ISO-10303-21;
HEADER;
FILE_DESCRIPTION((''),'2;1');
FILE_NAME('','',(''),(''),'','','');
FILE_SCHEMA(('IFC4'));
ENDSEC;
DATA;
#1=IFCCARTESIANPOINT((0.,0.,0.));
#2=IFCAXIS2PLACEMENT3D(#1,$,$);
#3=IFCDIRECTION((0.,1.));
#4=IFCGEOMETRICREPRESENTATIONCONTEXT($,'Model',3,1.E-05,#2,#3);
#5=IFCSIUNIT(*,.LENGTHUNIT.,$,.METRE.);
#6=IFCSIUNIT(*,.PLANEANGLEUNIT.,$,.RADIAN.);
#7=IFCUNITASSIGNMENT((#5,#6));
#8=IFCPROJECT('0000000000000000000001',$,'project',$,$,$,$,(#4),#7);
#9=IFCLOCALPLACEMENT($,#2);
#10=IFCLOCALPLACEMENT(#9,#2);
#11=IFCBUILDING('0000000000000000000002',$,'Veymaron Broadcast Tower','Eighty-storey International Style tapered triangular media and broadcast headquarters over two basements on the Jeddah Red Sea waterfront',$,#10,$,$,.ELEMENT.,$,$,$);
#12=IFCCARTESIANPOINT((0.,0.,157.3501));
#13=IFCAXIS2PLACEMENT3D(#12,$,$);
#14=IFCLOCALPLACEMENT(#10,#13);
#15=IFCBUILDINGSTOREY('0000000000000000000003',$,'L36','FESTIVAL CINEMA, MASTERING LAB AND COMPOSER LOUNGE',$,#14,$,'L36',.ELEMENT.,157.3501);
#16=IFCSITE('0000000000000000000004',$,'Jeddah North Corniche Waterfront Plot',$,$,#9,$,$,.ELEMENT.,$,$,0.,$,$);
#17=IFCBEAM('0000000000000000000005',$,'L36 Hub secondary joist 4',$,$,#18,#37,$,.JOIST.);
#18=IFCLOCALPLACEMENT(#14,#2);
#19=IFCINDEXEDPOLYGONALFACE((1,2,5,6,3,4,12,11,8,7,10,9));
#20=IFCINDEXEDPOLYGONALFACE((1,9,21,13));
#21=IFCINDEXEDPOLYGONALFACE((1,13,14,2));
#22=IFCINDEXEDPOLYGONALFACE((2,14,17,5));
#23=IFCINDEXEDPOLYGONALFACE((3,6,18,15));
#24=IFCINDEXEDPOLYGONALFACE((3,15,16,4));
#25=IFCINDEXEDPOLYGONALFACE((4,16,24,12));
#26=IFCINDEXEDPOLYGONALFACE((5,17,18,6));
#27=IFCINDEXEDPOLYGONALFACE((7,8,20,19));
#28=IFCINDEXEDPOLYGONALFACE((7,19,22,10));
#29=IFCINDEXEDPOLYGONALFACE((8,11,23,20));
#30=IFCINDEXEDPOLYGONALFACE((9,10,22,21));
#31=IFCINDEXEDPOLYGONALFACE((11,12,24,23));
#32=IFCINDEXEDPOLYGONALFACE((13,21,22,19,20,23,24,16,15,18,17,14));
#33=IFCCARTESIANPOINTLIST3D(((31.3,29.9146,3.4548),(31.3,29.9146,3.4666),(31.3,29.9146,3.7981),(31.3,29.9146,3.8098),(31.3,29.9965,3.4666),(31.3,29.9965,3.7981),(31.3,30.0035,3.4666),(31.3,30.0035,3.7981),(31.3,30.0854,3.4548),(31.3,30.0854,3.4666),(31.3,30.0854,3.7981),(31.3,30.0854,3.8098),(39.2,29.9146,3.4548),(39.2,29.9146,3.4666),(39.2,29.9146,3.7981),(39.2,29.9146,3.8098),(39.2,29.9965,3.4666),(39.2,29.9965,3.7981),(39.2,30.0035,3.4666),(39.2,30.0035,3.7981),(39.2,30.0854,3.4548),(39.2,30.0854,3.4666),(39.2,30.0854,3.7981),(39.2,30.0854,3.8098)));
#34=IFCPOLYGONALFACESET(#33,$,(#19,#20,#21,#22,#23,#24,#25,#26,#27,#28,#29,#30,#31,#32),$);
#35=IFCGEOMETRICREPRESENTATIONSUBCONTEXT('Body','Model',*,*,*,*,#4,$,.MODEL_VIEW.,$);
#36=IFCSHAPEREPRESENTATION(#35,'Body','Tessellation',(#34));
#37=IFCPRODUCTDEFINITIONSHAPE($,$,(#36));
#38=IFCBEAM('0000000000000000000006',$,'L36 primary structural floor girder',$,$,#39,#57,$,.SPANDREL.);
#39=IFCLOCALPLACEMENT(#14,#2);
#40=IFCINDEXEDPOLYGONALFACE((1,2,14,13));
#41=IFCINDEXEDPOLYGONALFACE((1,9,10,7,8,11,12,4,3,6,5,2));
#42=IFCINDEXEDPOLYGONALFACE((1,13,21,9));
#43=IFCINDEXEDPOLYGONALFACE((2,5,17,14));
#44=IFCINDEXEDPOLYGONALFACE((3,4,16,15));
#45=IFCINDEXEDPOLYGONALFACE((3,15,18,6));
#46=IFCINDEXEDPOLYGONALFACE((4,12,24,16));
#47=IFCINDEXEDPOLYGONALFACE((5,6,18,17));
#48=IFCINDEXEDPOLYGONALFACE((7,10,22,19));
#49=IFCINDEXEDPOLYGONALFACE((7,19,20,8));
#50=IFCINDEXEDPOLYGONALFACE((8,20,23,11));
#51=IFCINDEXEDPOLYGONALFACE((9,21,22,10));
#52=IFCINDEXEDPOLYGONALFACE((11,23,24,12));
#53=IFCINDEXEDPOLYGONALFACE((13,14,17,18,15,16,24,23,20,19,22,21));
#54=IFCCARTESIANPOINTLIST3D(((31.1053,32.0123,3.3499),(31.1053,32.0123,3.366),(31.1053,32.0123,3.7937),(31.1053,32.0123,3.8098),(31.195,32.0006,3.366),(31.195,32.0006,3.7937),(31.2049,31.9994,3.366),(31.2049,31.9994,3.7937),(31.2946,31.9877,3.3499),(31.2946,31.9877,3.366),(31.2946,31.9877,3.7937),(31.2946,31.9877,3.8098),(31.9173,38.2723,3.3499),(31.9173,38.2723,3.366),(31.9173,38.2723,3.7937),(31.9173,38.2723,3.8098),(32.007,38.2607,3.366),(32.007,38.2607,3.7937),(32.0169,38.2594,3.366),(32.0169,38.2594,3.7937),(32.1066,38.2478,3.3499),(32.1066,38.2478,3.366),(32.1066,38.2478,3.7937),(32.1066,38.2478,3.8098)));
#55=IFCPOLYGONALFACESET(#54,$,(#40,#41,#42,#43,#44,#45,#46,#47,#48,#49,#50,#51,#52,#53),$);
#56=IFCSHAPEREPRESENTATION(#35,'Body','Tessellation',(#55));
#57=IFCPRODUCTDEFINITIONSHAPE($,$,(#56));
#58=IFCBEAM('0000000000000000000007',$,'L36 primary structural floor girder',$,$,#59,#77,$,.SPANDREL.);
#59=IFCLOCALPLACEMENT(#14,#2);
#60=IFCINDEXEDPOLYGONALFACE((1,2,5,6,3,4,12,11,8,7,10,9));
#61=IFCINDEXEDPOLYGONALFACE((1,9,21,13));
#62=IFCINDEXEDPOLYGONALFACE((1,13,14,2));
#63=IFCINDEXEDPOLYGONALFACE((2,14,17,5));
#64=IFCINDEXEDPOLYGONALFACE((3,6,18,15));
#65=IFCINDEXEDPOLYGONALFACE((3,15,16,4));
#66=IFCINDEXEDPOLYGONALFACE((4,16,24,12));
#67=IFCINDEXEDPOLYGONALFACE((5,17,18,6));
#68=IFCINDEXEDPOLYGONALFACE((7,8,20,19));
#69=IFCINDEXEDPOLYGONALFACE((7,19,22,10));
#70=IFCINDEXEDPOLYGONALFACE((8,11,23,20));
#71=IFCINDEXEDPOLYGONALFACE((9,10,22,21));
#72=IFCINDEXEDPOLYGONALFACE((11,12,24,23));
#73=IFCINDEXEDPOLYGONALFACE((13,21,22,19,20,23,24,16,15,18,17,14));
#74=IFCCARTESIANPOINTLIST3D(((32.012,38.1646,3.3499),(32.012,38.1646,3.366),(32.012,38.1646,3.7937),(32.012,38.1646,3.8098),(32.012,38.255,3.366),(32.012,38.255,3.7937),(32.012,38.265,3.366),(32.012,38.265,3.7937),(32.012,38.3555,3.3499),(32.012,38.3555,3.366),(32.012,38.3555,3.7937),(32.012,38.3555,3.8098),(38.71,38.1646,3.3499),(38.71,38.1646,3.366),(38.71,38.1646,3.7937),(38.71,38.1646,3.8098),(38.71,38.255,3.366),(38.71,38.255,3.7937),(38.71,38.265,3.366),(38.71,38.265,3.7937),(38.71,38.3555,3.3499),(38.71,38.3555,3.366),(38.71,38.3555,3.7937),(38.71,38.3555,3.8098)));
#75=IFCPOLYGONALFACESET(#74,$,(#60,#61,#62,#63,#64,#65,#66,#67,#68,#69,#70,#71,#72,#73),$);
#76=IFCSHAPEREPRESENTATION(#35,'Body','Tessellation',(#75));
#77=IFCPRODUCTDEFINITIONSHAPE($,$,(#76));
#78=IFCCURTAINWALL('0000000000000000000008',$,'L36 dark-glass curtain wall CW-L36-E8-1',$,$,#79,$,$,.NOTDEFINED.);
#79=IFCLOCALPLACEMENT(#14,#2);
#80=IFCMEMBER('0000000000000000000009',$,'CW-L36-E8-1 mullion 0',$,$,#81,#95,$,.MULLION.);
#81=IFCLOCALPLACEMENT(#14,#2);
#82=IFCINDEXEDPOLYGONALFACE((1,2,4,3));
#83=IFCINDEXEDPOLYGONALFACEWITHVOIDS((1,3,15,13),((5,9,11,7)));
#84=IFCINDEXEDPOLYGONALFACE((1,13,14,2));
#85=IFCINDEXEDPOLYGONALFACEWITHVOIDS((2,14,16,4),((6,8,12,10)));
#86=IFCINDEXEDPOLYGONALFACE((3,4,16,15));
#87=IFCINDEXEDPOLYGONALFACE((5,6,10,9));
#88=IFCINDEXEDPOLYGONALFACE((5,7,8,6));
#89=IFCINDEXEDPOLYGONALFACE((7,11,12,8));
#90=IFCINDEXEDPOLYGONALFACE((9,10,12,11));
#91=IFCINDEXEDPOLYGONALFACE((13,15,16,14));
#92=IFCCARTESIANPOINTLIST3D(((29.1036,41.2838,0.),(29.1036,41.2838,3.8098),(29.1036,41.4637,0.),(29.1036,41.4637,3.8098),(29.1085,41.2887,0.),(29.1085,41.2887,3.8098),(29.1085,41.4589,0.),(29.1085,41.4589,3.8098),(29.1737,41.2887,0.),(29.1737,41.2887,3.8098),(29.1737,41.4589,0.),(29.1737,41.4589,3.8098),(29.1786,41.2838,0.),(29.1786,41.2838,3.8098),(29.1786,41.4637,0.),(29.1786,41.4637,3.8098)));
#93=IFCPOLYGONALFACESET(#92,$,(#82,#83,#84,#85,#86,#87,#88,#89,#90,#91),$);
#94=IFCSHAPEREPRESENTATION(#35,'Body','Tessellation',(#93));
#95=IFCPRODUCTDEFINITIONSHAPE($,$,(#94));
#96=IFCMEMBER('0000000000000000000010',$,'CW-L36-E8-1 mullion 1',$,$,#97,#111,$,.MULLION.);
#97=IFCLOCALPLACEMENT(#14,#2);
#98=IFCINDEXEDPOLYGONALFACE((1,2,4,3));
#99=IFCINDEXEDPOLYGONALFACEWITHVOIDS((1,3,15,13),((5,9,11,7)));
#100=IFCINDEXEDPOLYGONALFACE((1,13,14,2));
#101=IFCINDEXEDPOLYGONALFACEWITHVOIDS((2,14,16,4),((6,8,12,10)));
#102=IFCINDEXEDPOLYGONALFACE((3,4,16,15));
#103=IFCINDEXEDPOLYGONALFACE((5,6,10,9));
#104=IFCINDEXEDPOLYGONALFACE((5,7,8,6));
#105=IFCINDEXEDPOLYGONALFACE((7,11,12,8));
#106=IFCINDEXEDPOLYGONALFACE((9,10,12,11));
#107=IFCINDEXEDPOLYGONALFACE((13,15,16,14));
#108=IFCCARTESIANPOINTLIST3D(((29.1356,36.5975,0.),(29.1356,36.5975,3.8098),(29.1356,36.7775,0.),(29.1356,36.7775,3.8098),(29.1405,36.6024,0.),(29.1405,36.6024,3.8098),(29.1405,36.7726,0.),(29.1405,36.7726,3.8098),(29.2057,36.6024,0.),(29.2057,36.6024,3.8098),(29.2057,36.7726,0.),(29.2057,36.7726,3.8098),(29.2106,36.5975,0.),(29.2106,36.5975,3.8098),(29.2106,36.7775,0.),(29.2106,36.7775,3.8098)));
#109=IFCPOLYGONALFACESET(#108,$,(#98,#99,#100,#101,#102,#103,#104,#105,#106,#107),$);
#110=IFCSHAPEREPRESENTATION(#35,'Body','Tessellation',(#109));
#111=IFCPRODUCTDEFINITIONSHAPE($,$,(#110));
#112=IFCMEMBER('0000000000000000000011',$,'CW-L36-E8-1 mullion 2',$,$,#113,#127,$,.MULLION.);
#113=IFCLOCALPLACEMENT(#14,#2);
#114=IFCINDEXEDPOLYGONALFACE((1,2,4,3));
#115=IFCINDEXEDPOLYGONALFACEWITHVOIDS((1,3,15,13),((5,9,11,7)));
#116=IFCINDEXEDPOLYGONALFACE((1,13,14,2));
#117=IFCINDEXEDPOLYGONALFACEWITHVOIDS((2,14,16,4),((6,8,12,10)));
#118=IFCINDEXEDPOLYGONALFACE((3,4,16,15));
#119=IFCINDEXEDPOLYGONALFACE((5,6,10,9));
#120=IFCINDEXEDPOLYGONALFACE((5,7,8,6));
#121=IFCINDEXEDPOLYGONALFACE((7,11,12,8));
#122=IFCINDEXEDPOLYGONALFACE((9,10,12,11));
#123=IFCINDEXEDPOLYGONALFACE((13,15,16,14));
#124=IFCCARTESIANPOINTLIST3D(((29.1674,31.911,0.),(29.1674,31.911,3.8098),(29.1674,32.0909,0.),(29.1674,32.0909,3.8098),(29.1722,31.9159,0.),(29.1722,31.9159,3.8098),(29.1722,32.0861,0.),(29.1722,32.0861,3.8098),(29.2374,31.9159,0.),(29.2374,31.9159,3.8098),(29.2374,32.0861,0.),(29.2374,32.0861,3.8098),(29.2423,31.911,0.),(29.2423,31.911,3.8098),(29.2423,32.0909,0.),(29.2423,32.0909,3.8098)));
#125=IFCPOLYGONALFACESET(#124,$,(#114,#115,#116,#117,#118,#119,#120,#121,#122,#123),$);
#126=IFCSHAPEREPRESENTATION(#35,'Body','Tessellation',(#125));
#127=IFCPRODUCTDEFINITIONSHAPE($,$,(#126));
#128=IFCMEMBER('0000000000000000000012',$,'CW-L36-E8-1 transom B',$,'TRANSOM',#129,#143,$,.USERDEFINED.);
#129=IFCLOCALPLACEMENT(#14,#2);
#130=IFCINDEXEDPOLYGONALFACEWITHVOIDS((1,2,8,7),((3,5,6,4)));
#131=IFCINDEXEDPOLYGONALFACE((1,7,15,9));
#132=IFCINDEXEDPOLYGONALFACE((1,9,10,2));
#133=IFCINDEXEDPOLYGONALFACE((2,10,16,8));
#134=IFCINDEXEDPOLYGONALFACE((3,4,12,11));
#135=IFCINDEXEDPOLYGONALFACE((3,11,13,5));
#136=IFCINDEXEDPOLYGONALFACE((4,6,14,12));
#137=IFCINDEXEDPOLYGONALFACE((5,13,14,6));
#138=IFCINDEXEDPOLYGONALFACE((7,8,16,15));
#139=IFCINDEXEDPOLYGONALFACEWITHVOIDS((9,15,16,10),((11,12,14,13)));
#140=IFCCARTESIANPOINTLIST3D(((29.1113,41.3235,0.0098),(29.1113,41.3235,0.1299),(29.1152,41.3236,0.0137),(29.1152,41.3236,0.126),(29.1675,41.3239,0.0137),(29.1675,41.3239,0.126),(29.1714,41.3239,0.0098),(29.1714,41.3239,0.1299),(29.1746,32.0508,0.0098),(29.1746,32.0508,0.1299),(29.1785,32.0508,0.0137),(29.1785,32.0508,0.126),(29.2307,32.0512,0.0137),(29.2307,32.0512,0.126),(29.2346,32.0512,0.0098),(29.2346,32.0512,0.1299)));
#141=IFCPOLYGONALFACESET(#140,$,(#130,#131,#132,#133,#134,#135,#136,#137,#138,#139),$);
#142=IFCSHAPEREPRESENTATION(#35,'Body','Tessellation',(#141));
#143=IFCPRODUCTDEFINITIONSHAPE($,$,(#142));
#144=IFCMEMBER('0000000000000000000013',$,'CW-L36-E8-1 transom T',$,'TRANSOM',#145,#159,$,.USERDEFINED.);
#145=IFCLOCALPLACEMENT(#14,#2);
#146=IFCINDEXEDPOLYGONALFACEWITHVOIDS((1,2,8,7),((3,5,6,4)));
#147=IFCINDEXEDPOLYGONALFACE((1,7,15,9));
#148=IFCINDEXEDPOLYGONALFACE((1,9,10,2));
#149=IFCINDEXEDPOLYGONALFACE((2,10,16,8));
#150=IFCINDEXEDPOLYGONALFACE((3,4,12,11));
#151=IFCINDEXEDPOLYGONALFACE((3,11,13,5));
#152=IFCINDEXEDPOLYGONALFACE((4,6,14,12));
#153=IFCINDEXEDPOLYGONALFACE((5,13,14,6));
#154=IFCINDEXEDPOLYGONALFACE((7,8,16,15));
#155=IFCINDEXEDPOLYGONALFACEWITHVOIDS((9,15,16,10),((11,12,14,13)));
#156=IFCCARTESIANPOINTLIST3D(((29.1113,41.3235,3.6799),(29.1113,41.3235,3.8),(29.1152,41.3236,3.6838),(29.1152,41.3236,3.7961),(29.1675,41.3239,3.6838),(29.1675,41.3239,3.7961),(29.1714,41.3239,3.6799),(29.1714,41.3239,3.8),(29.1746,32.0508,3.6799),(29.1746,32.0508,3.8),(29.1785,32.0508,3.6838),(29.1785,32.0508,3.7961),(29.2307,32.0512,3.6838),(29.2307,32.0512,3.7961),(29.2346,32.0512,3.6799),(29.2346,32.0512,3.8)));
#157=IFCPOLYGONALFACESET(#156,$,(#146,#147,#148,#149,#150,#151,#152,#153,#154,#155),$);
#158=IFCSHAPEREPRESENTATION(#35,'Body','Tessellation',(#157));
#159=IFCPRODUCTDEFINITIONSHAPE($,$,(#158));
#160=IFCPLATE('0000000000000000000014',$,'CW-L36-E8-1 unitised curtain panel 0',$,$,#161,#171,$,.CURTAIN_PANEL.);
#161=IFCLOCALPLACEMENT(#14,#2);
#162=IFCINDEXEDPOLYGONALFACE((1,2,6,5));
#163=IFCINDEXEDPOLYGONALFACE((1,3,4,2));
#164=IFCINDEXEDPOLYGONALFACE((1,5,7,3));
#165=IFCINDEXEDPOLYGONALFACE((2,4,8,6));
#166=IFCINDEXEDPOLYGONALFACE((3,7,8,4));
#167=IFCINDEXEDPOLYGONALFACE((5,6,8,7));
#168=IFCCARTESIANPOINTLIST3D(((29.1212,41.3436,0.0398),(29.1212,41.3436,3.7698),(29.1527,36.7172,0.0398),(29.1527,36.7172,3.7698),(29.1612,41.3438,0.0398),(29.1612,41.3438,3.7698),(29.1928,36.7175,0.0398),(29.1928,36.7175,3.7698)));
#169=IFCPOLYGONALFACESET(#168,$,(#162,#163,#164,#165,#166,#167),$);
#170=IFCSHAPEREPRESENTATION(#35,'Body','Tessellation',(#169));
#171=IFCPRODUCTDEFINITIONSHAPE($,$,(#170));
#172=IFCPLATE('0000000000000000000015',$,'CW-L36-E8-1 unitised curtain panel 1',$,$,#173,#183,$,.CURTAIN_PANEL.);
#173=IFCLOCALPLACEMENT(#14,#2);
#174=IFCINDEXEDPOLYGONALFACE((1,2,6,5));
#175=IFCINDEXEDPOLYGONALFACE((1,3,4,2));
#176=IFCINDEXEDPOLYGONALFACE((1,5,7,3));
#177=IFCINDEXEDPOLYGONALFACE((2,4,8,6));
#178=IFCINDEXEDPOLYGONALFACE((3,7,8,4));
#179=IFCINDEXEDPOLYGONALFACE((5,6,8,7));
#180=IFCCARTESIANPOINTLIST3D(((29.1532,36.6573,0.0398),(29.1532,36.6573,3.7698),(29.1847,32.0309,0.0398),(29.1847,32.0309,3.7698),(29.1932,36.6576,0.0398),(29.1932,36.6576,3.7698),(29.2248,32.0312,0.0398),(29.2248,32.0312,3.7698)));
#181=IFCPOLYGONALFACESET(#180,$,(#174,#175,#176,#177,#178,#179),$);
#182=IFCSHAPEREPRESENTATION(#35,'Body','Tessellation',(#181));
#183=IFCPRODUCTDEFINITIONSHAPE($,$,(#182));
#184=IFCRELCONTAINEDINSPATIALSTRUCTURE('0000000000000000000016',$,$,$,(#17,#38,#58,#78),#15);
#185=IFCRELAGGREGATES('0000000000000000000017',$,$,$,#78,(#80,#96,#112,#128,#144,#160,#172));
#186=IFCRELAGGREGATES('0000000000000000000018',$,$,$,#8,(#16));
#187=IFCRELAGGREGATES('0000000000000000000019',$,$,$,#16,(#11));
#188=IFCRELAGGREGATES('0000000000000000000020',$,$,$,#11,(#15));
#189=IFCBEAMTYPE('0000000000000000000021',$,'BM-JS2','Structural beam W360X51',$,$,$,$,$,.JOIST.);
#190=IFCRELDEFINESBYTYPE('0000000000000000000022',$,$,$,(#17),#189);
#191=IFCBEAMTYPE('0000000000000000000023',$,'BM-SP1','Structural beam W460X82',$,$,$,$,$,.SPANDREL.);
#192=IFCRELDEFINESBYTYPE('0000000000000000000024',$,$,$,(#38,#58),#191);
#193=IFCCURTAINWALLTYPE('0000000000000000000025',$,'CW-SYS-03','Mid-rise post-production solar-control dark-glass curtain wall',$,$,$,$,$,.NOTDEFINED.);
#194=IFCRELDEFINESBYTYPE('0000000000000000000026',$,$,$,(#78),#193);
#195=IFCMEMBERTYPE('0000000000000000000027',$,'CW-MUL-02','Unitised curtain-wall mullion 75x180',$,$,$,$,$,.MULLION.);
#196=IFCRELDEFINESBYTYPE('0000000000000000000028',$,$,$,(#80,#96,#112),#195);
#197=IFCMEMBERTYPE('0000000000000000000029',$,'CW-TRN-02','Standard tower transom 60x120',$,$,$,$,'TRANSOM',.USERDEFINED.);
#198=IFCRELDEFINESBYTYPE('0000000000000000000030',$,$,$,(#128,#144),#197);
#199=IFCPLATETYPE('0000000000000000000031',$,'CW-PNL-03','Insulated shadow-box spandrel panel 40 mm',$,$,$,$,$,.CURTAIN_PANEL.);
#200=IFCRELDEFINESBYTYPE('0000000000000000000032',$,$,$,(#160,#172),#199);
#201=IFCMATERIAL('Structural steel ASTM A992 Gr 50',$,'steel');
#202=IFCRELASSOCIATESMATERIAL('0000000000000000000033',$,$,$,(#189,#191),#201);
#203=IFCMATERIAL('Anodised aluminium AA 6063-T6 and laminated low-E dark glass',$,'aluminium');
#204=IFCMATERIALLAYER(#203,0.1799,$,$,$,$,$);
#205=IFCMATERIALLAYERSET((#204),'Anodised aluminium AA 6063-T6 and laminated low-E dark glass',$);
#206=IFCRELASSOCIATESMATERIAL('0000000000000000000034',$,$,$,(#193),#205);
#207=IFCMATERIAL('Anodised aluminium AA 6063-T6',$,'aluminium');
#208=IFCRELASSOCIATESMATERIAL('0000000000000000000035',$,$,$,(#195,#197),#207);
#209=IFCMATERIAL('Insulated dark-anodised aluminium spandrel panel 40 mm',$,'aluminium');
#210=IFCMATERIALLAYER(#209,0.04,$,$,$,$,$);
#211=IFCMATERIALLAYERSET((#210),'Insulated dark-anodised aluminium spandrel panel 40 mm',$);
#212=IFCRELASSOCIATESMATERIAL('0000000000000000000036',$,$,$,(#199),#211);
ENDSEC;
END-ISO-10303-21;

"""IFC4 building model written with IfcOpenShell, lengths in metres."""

from ifc_helpers import new_model, si_unit, direction, frame, origin, origin_2d, place, context, subcontext, project, spatial, rectangle, hollow_rectangle, i_section, extrude, material, layer, layer_set, material_profile, profile_set, type_object, element, aggregate, save


model = new_model("IFC4")

# Units and contexts
model_context = context("Model", 3, precision=1e-05, world=origin(), true_north=direction((0.0, 1.0)))
body_context = subcontext(model_context, "Body", "Model", "MODEL_VIEW")
ifc_project = project(units=[si_unit("LENGTHUNIT", "METRE"), si_unit("PLANEANGLEUNIT", "RADIAN")], contexts=[model_context])

# Site, building, storey
site_placement = place(None, origin())
site = spatial("IfcSite", under=ifc_project, at=site_placement, Name="Jeddah North Corniche Waterfront Plot", CompositionType="ELEMENT", RefElevation=0.0)
building_placement = place(site_placement, origin())
building = spatial("IfcBuilding", under=site, at=building_placement, Name="Veymaron Broadcast Tower", Description="Eighty-storey International Style tapered triangular media and broadcast headquarters over two basements on the Jeddah Red Sea waterfront", CompositionType="ELEMENT")
storey_placement = place(building_placement, frame((0.0, 0.0, 157.3501)))
storey = spatial("IfcBuildingStorey", under=building, at=storey_placement, Name="L36", Description="FESTIVAL CINEMA, MASTERING LAB AND COMPOSER LOUNGE", LongName="L36", CompositionType="ELEMENT", Elevation=157.3501)

# Shared definitions
ifc_material_1 = material(Name="Structural steel ASTM A992 Gr 50", Category="steel")

# Beams
ifc_material_profile_1 = material_profile(ifc_material_1, i_section(OverallWidth=0.1709, OverallDepth=0.355, WebThickness=0.0071, FlangeThickness=0.0117, at=origin_2d()), Name="W360X51")
ifc_profile_set_1 = profile_set([ifc_material_profile_1], Name="Structural steel ASTM A992 Gr 50")
beam_type_1 = type_object("IfcBeamType", Name="BM-JS2", Description="Structural beam W360X51", PredefinedType="JOIST", material=ifc_profile_set_1)
for number, where, z_axis, x_axis, name in (
    (1, (31.3, 30.0, 3.6323), (1.0, 0.0, 0.0), (0.0, 1.0, 0.0), "L36 Hub secondary joist 4"),
):
    element("IfcBeam", number, at=place(storey_placement, frame(where, z_axis=z_axis, x_axis=x_axis)), inside=storey, type_object=beam_type_1, Name=name, PredefinedType="JOIST", context=body_context, shape_type="SweptSolid", body=[
        extrude(i_section(OverallWidth=0.1709, OverallDepth=0.355, WebThickness=0.0071, FlangeThickness=0.0117, at=origin_2d()), origin(), (0.0, 0.0, 1.0), 7.8999),
    ])
ifc_material_profile_2 = material_profile(ifc_material_1, i_section(OverallWidth=0.1909, OverallDepth=0.46, WebThickness=0.01, FlangeThickness=0.0161, at=origin_2d()), Name="W460X82")
ifc_profile_set_2 = profile_set([ifc_material_profile_2], Name="Structural steel ASTM A992 Gr 50")
beam_type_2 = type_object("IfcBeamType", Name="BM-SP1", Description="Structural beam W460X82", PredefinedType="SPANDREL", material=ifc_profile_set_2)
beam_1_placement = place(storey_placement, frame((31.2, 32.0, 3.5798), z_axis=(0.128636, 0.991692, 0.0), x_axis=(-0.991692, 0.128636, 0.0)))
element("IfcBeam", 2, at=beam_1_placement, inside=storey, type_object=beam_type_2, Name="L36 primary structural floor girder", PredefinedType="SPANDREL", context=body_context, shape_type="SweptSolid", body=[
    extrude(i_section(OverallWidth=0.1909, OverallDepth=0.46, WebThickness=0.01, FlangeThickness=0.0161, at=origin_2d()), origin(), (0.0, 0.0, 1.0), 6.3125),
])
beam_2_placement = place(storey_placement, frame((32.012, 38.26, 3.5798), z_axis=(1.0, 0.0, 0.0), x_axis=(0.0, 1.0, 0.0)))
element("IfcBeam", 3, at=beam_2_placement, inside=storey, type_object=beam_type_2, Name="L36 primary structural floor girder", PredefinedType="SPANDREL", context=body_context, shape_type="SweptSolid", body=[
    extrude(i_section(OverallWidth=0.1909, OverallDepth=0.46, WebThickness=0.01, FlangeThickness=0.0161, at=origin_2d()), origin(), (0.0, 0.0, 1.0), 6.698),
])

# Curtain wall, members, plates
ifc_material_2 = material(Name="Anodised aluminium AA 6063-T6 and laminated low-E dark glass", Category="aluminium")
ifc_layer_1 = layer(ifc_material_2, 0.1799)
ifc_layer_set_1 = layer_set([ifc_layer_1], Name="Anodised aluminium AA 6063-T6 and laminated low-E dark glass")
curtain_wall_type = type_object("IfcCurtainWallType", Name="CW-SYS-03", Description="Mid-rise post-production solar-control dark-glass curtain wall", PredefinedType="NOTDEFINED", material=ifc_layer_set_1)
curtain_wall_placement = place(storey_placement, origin())
curtain_wall = element("IfcCurtainWall", 4, at=curtain_wall_placement, inside=storey, type_object=curtain_wall_type, Name="L36 dark-glass curtain wall CW-L36-E8-1", PredefinedType="NOTDEFINED")
ifc_material_3 = material(Name="Anodised aluminium AA 6063-T6", Category="aluminium")
ifc_material_profile_3 = material_profile(ifc_material_3, hollow_rectangle(XDim=0.075, YDim=0.1799, WallThickness=0.0049, at=origin_2d()), Name="AL180X75X5")
ifc_profile_set_3 = profile_set([ifc_material_profile_3], Name="Anodised aluminium AA 6063-T6")
member_type_1 = type_object("IfcMemberType", Name="CW-MUL-02", Description="Unitised curtain-wall mullion 75x180", PredefinedType="MULLION", material=ifc_profile_set_3)
member_1_placement = place(storey_placement, frame((29.1411, 41.3738, 0.0), z_axis=(0.0, 0.0, 1.0), x_axis=(1.0, 0.0, 0.0)))
member_1 = element("IfcMember", 5, at=member_1_placement, type_object=member_type_1, Name="CW-L36-E8-1 mullion 0", PredefinedType="MULLION", context=body_context, shape_type="SweptSolid", body=[
    extrude(hollow_rectangle(XDim=0.075, YDim=0.1799, WallThickness=0.0049, at=origin_2d()), origin(), (0.0, 0.0, 1.0), 3.8098),
])
member_2_placement = place(storey_placement, frame((29.1731, 36.6875, 0.0), z_axis=(0.0, 0.0, 1.0), x_axis=(1.0, 0.0, 0.0)))
member_2 = element("IfcMember", 6, at=member_2_placement, type_object=member_type_1, Name="CW-L36-E8-1 mullion 1", PredefinedType="MULLION", context=body_context, shape_type="SweptSolid", body=[
    extrude(hollow_rectangle(XDim=0.075, YDim=0.1799, WallThickness=0.0049, at=origin_2d()), origin(), (0.0, 0.0, 1.0), 3.8098),
])
member_3_placement = place(storey_placement, frame((29.2048, 32.001, 0.0), z_axis=(0.0, 0.0, 1.0), x_axis=(1.0, 0.0, 0.0)))
member_3 = element("IfcMember", 7, at=member_3_placement, type_object=member_type_1, Name="CW-L36-E8-1 mullion 2", PredefinedType="MULLION", context=body_context, shape_type="SweptSolid", body=[
    extrude(hollow_rectangle(XDim=0.075, YDim=0.1799, WallThickness=0.0049, at=origin_2d()), origin(), (0.0, 0.0, 1.0), 3.8098),
])
ifc_material_profile_4 = material_profile(ifc_material_3, hollow_rectangle(XDim=0.0601, YDim=0.1201, WallThickness=0.0039, at=origin_2d()), Name="AL120X60X4")
ifc_profile_set_4 = profile_set([ifc_material_profile_4], Name="Anodised aluminium AA 6063-T6")
member_type_2 = type_object("IfcMemberType", Name="CW-TRN-02", Description="Standard tower transom 60x120", ElementType="TRANSOM", PredefinedType="USERDEFINED", material=ifc_profile_set_4)
member_4_placement = place(storey_placement, frame((29.1414, 41.3237, 0.0698), z_axis=(0.006819, -0.999977, 0.0), x_axis=(0.999977, 0.006819, 0.0)))
member_4 = element("IfcMember", 8, at=member_4_placement, type_object=member_type_2, Name="CW-L36-E8-1 transom B", ObjectType="TRANSOM", PredefinedType="USERDEFINED", context=body_context, shape_type="SweptSolid", body=[
    extrude(hollow_rectangle(XDim=0.0601, YDim=0.1201, WallThickness=0.0039, at=origin_2d()), origin(), (0.0, 0.0, 1.0), 9.2729),
])
member_5_placement = place(storey_placement, frame((29.1414, 41.3237, 3.74), z_axis=(0.006819, -0.999977, 0.0), x_axis=(0.999977, 0.006819, 0.0)))
member_5 = element("IfcMember", 9, at=member_5_placement, type_object=member_type_2, Name="CW-L36-E8-1 transom T", ObjectType="TRANSOM", PredefinedType="USERDEFINED", context=body_context, shape_type="SweptSolid", body=[
    extrude(hollow_rectangle(XDim=0.0601, YDim=0.1201, WallThickness=0.0039, at=origin_2d()), origin(), (0.0, 0.0, 1.0), 9.2729),
])
ifc_material_4 = material(Name="Insulated dark-anodised aluminium spandrel panel 40 mm", Category="aluminium")
ifc_layer_2 = layer(ifc_material_4, 0.04)
ifc_layer_set_2 = layer_set([ifc_layer_2], Name="Insulated dark-anodised aluminium spandrel panel 40 mm")
plate_type = type_object("IfcPlateType", Name="CW-PNL-03", Description="Insulated shadow-box spandrel panel 40 mm", PredefinedType="CURTAIN_PANEL", material=ifc_layer_set_2)
plate_1_placement = place(storey_placement, frame((29.157, 39.0305, 0.0398), z_axis=(0.0, 0.0, 1.0), x_axis=(0.006824, -0.999977, 0.0)))
plate_1 = element("IfcPlate", 10, at=plate_1_placement, type_object=plate_type, Name="CW-L36-E8-1 unitised curtain panel 0", PredefinedType="CURTAIN_PANEL", context=body_context, shape_type="SweptSolid", body=[
    extrude(rectangle(XDim=4.6265, YDim=0.04, at=origin_2d()), origin(), (0.0, 0.0, 1.0), 3.73),
])
plate_2_placement = place(storey_placement, frame((29.189, 34.3442, 0.0398), z_axis=(0.0, 0.0, 1.0), x_axis=(0.006824, -0.999977, 0.0)))
plate_2 = element("IfcPlate", 11, at=plate_2_placement, type_object=plate_type, Name="CW-L36-E8-1 unitised curtain panel 1", PredefinedType="CURTAIN_PANEL", context=body_context, shape_type="SweptSolid", body=[
    extrude(rectangle(XDim=4.6265, YDim=0.04, at=origin_2d()), origin(), (0.0, 0.0, 1.0), 3.73),
])
aggregate(curtain_wall, [member_1, member_2, member_3, member_4, member_5, plate_1, plate_2])

save(model, "model.ifc")
